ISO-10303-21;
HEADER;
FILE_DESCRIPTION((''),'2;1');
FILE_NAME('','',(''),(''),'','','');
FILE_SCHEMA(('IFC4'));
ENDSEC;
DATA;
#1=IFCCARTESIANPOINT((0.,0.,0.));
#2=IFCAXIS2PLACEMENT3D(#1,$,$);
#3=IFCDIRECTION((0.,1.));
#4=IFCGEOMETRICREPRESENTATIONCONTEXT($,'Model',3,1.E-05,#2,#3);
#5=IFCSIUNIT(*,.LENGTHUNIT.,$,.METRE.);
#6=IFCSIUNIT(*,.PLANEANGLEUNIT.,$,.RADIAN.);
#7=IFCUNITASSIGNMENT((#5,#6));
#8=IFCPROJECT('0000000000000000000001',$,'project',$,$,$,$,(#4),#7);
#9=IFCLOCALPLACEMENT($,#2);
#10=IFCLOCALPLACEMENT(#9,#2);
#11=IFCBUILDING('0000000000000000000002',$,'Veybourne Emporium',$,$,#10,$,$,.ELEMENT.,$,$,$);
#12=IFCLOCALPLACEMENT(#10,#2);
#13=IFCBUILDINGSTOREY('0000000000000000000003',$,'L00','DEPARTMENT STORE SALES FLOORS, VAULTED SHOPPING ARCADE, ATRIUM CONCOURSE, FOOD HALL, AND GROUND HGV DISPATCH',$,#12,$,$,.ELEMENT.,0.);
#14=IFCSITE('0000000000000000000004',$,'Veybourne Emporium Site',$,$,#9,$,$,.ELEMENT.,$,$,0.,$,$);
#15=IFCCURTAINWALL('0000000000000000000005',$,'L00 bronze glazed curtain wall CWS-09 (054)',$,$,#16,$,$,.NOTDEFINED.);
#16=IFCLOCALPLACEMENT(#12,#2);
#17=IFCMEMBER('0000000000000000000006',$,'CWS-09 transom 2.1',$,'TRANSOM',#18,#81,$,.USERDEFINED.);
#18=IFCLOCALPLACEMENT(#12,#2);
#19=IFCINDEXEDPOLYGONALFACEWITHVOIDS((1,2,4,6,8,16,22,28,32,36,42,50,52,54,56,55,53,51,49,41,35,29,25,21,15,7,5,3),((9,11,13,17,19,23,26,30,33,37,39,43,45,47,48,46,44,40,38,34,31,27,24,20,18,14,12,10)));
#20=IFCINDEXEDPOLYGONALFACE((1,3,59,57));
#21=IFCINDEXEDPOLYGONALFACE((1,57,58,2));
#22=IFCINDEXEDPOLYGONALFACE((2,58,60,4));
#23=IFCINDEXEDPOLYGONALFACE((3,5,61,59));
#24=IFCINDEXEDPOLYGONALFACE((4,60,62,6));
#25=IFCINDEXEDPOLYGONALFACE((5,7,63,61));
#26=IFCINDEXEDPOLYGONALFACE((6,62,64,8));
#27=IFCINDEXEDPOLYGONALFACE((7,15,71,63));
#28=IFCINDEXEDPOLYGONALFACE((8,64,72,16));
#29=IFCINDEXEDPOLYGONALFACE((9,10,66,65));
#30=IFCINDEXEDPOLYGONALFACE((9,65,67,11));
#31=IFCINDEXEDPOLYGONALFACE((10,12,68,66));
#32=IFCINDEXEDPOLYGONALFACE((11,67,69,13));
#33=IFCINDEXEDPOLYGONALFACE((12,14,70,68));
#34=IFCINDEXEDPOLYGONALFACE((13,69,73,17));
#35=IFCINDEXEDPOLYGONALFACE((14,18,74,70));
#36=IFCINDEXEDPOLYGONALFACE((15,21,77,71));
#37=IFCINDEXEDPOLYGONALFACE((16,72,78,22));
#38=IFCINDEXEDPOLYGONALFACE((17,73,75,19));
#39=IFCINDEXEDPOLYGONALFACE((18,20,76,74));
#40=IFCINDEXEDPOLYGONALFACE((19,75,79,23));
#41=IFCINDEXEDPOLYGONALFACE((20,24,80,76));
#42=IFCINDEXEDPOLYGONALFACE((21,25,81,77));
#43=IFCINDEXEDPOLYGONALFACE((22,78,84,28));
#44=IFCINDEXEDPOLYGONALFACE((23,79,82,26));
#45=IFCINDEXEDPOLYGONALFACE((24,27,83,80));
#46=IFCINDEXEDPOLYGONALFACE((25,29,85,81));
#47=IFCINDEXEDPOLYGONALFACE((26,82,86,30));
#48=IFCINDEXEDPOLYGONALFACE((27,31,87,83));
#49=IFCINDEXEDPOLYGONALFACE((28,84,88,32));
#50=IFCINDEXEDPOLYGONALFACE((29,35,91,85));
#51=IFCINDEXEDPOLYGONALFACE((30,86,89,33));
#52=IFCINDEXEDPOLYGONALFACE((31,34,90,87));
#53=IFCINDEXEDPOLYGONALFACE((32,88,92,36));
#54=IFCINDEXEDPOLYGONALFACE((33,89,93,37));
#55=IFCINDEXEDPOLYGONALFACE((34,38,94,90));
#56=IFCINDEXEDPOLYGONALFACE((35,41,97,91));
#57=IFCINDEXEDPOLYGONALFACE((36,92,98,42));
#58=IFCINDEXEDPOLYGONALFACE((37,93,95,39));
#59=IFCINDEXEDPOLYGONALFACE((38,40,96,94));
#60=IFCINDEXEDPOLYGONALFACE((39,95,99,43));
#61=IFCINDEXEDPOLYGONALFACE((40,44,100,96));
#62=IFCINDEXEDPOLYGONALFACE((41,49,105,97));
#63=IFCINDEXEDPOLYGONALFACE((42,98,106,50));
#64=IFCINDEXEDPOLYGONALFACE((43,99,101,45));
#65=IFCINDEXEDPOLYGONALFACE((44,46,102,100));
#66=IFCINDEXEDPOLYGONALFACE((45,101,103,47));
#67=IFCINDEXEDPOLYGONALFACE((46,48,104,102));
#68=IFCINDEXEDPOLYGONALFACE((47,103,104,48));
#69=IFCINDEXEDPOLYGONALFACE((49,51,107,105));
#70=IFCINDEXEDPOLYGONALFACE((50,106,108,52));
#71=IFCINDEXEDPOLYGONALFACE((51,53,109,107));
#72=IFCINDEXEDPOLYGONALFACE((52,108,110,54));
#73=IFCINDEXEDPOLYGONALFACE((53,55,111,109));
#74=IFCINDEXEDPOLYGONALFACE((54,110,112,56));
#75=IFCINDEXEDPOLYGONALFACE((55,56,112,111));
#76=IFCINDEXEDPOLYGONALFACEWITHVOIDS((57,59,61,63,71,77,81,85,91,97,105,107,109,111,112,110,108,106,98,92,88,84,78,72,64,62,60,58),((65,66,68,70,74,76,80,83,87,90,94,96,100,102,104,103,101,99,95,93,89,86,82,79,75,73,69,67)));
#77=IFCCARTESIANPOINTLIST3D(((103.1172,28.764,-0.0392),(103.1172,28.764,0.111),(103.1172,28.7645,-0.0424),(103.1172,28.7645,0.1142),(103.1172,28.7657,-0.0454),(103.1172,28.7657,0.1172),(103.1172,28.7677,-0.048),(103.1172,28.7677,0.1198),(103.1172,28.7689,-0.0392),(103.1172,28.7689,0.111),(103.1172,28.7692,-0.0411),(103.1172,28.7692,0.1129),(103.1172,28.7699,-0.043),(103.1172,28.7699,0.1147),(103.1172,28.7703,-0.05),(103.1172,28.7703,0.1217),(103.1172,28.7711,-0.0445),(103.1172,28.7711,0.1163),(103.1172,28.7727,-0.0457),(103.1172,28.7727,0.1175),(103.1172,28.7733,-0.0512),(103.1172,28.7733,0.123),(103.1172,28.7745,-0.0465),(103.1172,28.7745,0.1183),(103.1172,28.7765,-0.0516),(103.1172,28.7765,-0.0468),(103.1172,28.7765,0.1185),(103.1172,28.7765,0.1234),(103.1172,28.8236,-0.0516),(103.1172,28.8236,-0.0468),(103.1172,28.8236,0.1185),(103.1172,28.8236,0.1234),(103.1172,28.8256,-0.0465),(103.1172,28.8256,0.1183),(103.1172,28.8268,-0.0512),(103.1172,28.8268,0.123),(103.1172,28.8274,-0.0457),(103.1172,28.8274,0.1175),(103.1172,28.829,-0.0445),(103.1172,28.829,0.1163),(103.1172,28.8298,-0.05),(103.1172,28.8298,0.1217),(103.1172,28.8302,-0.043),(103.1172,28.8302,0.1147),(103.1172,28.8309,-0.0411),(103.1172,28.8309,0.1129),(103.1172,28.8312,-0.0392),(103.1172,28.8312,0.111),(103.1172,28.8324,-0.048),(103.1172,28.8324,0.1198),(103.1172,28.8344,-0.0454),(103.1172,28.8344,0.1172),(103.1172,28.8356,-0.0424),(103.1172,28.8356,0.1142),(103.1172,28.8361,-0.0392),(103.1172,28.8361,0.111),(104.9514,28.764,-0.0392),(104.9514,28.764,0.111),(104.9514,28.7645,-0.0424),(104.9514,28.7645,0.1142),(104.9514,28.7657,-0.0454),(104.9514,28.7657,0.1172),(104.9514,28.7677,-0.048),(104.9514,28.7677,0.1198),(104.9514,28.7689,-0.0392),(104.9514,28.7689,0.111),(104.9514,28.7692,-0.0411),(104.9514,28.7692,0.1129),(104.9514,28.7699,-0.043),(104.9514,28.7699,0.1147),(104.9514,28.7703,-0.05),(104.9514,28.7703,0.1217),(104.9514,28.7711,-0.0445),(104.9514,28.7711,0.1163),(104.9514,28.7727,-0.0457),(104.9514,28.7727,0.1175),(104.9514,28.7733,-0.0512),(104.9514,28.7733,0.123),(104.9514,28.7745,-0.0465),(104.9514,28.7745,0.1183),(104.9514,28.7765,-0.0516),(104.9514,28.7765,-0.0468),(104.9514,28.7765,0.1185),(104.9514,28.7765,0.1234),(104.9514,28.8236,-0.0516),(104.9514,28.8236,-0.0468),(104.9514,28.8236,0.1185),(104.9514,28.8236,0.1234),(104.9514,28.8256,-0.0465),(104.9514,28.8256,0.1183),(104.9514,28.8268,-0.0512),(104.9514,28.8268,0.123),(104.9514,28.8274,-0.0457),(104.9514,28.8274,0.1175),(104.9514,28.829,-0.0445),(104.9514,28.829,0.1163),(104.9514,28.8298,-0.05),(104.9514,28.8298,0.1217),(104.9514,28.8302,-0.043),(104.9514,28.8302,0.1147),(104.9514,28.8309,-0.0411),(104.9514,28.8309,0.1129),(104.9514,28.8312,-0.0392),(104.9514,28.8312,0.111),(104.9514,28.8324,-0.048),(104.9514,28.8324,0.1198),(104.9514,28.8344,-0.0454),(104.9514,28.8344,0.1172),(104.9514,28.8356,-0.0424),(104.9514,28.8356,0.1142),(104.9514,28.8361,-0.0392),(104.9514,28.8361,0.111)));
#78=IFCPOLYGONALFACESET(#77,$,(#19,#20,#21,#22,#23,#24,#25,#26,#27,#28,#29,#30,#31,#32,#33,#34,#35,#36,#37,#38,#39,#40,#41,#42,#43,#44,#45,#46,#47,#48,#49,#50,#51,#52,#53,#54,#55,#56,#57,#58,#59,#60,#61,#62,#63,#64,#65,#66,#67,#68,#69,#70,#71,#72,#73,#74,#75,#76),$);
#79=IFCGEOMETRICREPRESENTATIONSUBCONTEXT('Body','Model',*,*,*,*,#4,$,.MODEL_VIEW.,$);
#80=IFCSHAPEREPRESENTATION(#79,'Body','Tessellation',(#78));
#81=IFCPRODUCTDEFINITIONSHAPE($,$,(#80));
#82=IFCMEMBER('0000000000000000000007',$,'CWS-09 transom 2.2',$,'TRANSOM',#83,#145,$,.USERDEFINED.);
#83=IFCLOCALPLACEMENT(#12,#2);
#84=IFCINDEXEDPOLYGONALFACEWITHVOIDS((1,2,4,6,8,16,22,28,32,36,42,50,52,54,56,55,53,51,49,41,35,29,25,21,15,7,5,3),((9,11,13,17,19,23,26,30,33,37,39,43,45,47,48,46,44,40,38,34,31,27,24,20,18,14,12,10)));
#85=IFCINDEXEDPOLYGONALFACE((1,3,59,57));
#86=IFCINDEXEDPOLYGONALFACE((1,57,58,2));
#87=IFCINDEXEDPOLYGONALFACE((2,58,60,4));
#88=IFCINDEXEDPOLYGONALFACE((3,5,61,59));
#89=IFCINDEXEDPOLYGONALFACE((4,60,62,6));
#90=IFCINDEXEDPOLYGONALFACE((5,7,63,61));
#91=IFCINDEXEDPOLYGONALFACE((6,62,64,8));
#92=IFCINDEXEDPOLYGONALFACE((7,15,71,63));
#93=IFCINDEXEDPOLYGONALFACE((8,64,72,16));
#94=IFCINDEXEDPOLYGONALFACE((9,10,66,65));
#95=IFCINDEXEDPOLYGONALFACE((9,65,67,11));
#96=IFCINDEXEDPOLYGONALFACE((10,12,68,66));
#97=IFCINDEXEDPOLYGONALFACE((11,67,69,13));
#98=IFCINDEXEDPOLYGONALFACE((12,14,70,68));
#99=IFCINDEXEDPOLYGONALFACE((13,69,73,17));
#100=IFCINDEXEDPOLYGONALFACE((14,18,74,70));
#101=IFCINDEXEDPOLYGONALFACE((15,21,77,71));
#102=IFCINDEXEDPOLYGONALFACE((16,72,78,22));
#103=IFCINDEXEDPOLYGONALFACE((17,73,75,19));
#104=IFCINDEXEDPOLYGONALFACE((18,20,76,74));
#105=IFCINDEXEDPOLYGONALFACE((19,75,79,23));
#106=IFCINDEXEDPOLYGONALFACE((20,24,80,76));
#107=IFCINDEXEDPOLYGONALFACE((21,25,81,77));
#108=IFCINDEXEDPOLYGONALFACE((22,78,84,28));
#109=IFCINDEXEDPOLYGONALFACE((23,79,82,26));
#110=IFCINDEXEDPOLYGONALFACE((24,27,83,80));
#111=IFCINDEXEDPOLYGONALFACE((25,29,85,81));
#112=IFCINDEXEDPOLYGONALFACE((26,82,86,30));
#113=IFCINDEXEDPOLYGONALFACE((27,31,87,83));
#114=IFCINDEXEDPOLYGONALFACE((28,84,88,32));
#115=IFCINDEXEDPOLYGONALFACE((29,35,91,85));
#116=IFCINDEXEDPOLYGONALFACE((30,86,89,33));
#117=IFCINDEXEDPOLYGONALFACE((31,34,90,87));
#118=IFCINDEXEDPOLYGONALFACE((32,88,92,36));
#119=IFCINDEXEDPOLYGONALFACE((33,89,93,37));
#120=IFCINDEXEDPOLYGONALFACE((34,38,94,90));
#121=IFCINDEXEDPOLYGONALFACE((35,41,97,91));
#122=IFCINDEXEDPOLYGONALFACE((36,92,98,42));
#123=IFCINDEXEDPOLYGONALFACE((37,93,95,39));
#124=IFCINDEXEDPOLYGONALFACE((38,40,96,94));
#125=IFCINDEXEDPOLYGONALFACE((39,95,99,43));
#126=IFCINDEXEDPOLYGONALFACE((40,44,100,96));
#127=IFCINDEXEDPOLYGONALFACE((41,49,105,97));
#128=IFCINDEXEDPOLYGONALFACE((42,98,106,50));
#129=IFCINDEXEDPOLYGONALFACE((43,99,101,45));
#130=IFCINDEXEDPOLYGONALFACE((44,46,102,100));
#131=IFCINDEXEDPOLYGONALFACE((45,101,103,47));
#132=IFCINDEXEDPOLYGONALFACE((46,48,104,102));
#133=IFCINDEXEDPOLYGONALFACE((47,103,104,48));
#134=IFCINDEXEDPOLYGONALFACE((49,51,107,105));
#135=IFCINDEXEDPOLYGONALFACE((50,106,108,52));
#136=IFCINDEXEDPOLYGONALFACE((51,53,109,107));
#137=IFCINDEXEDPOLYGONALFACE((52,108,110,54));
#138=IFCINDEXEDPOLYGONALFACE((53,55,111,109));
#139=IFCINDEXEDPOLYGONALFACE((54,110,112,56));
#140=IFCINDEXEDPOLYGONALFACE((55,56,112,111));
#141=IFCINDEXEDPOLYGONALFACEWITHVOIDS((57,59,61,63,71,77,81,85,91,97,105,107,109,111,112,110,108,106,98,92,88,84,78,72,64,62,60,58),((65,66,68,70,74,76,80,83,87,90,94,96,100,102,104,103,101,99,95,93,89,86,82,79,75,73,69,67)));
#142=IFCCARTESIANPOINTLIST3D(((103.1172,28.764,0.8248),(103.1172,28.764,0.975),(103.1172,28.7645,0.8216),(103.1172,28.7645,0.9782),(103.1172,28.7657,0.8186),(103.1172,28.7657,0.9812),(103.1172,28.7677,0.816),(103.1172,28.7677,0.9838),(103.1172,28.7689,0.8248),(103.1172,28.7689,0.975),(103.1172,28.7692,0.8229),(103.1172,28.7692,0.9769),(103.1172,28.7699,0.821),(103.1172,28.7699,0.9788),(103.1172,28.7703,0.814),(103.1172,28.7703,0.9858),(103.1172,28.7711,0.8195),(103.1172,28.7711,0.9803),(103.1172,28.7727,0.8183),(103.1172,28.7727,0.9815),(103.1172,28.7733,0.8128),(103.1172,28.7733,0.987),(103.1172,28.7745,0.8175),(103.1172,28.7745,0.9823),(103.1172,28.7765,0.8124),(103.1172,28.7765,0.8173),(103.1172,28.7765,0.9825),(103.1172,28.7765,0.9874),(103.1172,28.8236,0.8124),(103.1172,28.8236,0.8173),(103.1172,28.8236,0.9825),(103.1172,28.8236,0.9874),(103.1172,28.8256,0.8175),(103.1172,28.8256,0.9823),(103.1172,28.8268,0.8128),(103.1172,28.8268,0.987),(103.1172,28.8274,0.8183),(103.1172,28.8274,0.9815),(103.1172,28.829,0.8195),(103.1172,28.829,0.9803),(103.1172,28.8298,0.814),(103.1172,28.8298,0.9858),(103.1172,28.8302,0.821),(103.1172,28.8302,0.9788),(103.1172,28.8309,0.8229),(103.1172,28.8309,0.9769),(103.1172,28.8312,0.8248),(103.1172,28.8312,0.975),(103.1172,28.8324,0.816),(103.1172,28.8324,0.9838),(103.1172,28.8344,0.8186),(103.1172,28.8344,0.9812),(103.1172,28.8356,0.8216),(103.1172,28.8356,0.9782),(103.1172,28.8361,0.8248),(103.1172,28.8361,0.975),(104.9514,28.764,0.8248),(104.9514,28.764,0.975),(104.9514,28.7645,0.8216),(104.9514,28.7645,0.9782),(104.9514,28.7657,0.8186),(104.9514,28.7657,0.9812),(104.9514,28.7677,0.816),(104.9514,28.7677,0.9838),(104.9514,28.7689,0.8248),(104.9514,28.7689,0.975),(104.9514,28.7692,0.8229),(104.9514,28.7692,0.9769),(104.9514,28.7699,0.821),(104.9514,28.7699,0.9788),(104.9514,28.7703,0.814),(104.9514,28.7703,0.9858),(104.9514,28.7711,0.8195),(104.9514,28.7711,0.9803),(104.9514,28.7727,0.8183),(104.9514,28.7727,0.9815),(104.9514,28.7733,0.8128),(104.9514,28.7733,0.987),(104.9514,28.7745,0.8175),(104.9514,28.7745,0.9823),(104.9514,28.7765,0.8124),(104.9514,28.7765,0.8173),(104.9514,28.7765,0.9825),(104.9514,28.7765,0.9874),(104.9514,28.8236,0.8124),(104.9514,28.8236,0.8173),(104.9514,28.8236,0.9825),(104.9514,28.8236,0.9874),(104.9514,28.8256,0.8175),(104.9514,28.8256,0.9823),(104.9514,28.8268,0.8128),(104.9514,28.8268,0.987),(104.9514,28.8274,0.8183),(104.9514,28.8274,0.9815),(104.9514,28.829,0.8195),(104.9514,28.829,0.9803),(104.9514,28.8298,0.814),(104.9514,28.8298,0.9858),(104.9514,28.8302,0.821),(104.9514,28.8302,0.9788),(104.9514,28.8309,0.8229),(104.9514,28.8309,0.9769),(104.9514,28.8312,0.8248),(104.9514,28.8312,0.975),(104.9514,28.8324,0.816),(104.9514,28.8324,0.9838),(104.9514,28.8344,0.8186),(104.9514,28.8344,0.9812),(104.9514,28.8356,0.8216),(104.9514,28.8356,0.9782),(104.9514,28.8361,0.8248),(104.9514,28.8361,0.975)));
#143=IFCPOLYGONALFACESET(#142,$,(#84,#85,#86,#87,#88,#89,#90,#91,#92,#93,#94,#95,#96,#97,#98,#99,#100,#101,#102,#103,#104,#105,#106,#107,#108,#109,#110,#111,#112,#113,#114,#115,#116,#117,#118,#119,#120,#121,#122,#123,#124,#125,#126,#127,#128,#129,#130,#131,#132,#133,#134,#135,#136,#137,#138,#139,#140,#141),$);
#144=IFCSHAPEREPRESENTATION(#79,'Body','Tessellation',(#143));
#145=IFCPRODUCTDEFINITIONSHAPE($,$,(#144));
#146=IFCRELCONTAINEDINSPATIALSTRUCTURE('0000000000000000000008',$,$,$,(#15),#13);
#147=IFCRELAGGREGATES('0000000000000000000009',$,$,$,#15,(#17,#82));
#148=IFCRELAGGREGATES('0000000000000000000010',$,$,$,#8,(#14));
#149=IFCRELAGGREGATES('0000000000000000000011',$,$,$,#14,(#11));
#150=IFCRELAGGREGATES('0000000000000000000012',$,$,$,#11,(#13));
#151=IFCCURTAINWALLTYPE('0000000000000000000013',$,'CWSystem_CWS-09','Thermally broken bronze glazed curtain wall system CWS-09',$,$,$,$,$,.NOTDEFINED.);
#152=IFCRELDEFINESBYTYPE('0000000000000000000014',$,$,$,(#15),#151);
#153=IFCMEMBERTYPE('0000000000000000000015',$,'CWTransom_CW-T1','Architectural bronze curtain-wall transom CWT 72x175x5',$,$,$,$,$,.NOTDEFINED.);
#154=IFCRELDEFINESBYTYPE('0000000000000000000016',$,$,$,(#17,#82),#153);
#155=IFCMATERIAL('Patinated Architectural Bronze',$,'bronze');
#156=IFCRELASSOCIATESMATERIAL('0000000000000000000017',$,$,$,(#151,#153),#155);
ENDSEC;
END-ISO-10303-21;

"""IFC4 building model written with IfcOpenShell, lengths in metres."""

from ifc_helpers import new_model, si_unit, direction, frame, origin, origin_2d, place, context, subcontext, project, spatial, hollow_rectangle, extrude, material, material_profile, profile_set, type_object, element, aggregate, save


model = new_model("IFC4")

# Units and contexts
model_context = context("Model", 3, precision=1e-05, world=origin(), true_north=direction((0.0, 1.0)))
body_context = subcontext(model_context, "Body", "Model", "MODEL_VIEW")
ifc_project = project(units=[si_unit("LENGTHUNIT", "METRE"), si_unit("PLANEANGLEUNIT", "RADIAN")], contexts=[model_context])

# Site, building, storey
site_placement = place(None, origin())
site = spatial("IfcSite", under=ifc_project, at=site_placement, Name="Veybourne Emporium Site", CompositionType="ELEMENT", RefElevation=0.0)
building_placement = place(site_placement, origin())
building = spatial("IfcBuilding", under=site, at=building_placement, Name="Veybourne Emporium", CompositionType="ELEMENT")
storey_placement = place(building_placement, origin())
storey = spatial("IfcBuildingStorey", under=building, at=storey_placement, Name="L00", Description="DEPARTMENT STORE SALES FLOORS, VAULTED SHOPPING ARCADE, ATRIUM CONCOURSE, FOOD HALL, AND GROUND HGV DISPATCH", CompositionType="ELEMENT", Elevation=0.0)

# Curtain wall
ifc_material_1 = material(Name="Patinated Architectural Bronze", Category="bronze")
curtain_wall_type_1 = type_object("IfcCurtainWallType", Name="CWSystem_CWS-09", Description="Thermally broken bronze glazed curtain wall system CWS-09", PredefinedType="NOTDEFINED", material=ifc_material_1)
curtain_wall_1_placement = place(storey_placement, origin())
curtain_wall_1 = element("IfcCurtainWall", 1, at=curtain_wall_1_placement, inside=storey, type_object=curtain_wall_type_1, Name="L00 bronze glazed curtain wall CWS-09 (054)", PredefinedType="NOTDEFINED")

# Members
ifc_material_profile_1 = material_profile(ifc_material_1, hollow_rectangle(XDim=0.072, YDim=0.175, WallThickness=0.0049, InnerFilletRadius=0.0076, OuterFilletRadius=0.0125, at=origin_2d()), Name="CWT 72x175x5")
ifc_profile_set_1 = profile_set([ifc_material_profile_1], Name="Patinated Architectural Bronze")
member_type_1 = type_object("IfcMemberType", Name="CWTransom_CW-T1", Description="Architectural bronze curtain-wall transom CWT 72x175x5", PredefinedType="NOTDEFINED", material=ifc_profile_set_1)
member_1_placement = place(storey_placement, frame((103.1172, 28.8, 0.0359), z_axis=(1.0, 0.0, 0.0), x_axis=(0.0, 1.0, 0.0)))
member_1 = element("IfcMember", 2, at=member_1_placement, type_object=member_type_1, Name="CWS-09 transom 2.1", ObjectType="TRANSOM", PredefinedType="USERDEFINED", context=body_context, shape_type="SweptSolid", body=[
    extrude(hollow_rectangle(XDim=0.072, YDim=0.175, WallThickness=0.0049, InnerFilletRadius=0.0076, OuterFilletRadius=0.0125, at=origin_2d()), origin(), (0.0, 0.0, 1.0), 1.8342),
])
member_2_placement = place(storey_placement, frame((103.1172, 28.8, 0.8999), z_axis=(1.0, 0.0, 0.0), x_axis=(0.0, 1.0, 0.0)))
member_2 = element("IfcMember", 3, at=member_2_placement, type_object=member_type_1, Name="CWS-09 transom 2.2", ObjectType="TRANSOM", PredefinedType="USERDEFINED", context=body_context, shape_type="SweptSolid", body=[
    extrude(hollow_rectangle(XDim=0.072, YDim=0.175, WallThickness=0.0049, InnerFilletRadius=0.0076, OuterFilletRadius=0.0125, at=origin_2d()), origin(), (0.0, 0.0, 1.0), 1.8342),
])

aggregate(curtain_wall_1, [member_1, member_2])

save(model, "model.ifc")
